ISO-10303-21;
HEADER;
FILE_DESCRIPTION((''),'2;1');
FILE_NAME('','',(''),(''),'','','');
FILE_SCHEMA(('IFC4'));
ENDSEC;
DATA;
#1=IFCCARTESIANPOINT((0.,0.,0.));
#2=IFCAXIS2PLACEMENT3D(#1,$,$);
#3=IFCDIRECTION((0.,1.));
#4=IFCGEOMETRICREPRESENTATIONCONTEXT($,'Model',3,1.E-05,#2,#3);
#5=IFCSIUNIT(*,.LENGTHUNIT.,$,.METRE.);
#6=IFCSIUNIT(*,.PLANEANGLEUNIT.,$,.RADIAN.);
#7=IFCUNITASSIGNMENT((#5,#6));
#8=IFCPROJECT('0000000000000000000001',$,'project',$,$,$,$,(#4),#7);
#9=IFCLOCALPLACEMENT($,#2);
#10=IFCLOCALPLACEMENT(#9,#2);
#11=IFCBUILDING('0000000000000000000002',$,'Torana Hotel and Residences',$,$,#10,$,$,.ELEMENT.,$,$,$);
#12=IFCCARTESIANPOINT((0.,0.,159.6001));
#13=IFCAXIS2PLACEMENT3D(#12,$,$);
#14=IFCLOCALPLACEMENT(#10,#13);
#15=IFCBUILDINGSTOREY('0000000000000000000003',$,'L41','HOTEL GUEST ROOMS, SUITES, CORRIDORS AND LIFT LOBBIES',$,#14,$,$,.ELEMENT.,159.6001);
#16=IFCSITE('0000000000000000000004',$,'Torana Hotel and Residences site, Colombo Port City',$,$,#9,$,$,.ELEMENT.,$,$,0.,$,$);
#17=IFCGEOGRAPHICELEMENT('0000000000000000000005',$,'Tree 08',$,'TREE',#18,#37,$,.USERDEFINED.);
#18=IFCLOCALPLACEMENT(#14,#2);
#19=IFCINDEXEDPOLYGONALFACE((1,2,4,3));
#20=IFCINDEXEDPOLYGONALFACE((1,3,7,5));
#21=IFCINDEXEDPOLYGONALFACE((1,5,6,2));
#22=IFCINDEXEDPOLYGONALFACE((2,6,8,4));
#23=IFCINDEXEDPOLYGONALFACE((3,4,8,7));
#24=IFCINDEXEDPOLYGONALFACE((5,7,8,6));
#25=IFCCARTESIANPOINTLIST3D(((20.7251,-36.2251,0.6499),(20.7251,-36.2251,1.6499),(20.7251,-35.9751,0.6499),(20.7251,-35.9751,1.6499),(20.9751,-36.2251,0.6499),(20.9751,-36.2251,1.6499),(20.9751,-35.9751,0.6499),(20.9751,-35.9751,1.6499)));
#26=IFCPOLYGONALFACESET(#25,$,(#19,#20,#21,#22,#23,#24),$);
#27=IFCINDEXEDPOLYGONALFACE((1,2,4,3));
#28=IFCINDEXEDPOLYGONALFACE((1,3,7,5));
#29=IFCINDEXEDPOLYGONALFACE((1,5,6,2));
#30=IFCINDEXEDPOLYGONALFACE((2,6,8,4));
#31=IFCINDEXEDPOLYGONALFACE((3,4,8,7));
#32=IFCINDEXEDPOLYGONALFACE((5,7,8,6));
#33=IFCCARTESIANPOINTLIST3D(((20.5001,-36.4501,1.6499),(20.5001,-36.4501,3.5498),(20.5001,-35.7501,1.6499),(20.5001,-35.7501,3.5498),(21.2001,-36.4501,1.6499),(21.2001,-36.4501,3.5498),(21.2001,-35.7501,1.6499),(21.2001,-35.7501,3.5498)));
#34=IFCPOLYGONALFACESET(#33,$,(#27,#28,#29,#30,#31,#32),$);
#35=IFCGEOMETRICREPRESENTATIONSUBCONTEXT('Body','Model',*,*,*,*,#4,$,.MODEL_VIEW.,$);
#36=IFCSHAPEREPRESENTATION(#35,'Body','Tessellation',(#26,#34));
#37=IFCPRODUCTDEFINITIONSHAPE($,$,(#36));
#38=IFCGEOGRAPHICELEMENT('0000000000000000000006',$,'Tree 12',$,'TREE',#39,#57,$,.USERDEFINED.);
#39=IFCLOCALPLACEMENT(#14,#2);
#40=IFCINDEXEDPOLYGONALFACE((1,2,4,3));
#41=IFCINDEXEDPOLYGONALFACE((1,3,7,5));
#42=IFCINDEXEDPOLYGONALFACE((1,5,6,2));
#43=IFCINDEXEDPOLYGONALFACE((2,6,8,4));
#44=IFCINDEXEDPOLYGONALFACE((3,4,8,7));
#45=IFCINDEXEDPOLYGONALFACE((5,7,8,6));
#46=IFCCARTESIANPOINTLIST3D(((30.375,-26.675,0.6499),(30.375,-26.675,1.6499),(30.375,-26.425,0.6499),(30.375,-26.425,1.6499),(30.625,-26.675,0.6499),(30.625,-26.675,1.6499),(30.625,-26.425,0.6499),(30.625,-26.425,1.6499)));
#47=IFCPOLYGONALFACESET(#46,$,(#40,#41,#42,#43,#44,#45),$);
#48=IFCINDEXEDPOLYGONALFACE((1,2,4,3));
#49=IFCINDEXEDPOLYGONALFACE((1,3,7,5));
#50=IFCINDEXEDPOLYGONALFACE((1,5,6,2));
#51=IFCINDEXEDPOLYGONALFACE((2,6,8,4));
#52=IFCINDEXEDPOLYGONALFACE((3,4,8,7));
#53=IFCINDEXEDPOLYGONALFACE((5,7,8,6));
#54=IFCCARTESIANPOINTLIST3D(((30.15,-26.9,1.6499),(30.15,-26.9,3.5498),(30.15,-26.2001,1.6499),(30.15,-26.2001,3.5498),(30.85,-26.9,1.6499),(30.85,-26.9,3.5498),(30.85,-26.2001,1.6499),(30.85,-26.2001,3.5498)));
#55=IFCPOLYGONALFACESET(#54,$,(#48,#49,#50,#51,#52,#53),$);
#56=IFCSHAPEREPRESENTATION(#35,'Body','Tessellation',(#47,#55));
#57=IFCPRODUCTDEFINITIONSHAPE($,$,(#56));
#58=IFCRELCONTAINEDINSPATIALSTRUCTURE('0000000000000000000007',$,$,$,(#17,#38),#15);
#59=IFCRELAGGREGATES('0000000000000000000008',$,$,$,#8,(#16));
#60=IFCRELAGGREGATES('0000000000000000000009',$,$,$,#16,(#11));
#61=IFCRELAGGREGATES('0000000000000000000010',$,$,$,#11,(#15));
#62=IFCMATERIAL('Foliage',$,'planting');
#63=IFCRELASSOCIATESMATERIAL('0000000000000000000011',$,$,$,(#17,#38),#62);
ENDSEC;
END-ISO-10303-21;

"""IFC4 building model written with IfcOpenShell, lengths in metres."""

from ifc_helpers import new_model, si_unit, direction, frame, origin, origin_2d, place, context, subcontext, project, spatial, rectangle, extrude, material, element, save


model = new_model("IFC4")

# Units and contexts
model_context = context("Model", 3, precision=1e-05, world=origin(), true_north=direction((0.0, 1.0)))
body_context = subcontext(model_context, "Body", "Model", "MODEL_VIEW")
ifc_project = project(units=[si_unit("LENGTHUNIT", "METRE"), si_unit("PLANEANGLEUNIT", "RADIAN")], contexts=[model_context])

# Site, building, storey
site_placement = place(None, origin())
site = spatial("IfcSite", under=ifc_project, at=site_placement, Name="Torana Hotel and Residences site, Colombo Port City", CompositionType="ELEMENT", RefElevation=0.0)
building_placement = place(site_placement, origin())
building = spatial("IfcBuilding", under=site, at=building_placement, Name="Torana Hotel and Residences", CompositionType="ELEMENT")
storey_placement = place(building_placement, frame((0.0, 0.0, 159.6001)))
storey = spatial("IfcBuildingStorey", under=building, at=storey_placement, Name="L41", Description="HOTEL GUEST ROOMS, SUITES, CORRIDORS AND LIFT LOBBIES", CompositionType="ELEMENT", Elevation=159.6001)

# Geographic elements
ifc_material_1 = material(Name="Foliage", Category="planting")
for number, where, z_axis, x_axis, name in (
    (1, (20.8501, -36.1001, 0.6499), (0.0, 0.0, 1.0), (1.0, 0.0, 0.0), "Tree 08"),
    (2, (30.5, -26.55, 0.6499), (0.0, 0.0, 1.0), (1.0, 0.0, 0.0), "Tree 12"),
):
    element("IfcGeographicElement", number, at=place(storey_placement, frame(where, z_axis=z_axis, x_axis=x_axis)), inside=storey, material=ifc_material_1, Name=name, ObjectType="TREE", PredefinedType="USERDEFINED", context=body_context, shape_type="SweptSolid", body=[
        extrude(rectangle(XDim=0.25, YDim=0.25, at=origin_2d()), origin(), (0.0, 0.0, 1.0), 1.0),
        extrude(rectangle(XDim=0.7, YDim=0.7, at=origin_2d()), frame((0.0, 0.0, 1.0)), (0.0, 0.0, 1.0), 1.8999),
    ])

save(model, "model.ifc")
